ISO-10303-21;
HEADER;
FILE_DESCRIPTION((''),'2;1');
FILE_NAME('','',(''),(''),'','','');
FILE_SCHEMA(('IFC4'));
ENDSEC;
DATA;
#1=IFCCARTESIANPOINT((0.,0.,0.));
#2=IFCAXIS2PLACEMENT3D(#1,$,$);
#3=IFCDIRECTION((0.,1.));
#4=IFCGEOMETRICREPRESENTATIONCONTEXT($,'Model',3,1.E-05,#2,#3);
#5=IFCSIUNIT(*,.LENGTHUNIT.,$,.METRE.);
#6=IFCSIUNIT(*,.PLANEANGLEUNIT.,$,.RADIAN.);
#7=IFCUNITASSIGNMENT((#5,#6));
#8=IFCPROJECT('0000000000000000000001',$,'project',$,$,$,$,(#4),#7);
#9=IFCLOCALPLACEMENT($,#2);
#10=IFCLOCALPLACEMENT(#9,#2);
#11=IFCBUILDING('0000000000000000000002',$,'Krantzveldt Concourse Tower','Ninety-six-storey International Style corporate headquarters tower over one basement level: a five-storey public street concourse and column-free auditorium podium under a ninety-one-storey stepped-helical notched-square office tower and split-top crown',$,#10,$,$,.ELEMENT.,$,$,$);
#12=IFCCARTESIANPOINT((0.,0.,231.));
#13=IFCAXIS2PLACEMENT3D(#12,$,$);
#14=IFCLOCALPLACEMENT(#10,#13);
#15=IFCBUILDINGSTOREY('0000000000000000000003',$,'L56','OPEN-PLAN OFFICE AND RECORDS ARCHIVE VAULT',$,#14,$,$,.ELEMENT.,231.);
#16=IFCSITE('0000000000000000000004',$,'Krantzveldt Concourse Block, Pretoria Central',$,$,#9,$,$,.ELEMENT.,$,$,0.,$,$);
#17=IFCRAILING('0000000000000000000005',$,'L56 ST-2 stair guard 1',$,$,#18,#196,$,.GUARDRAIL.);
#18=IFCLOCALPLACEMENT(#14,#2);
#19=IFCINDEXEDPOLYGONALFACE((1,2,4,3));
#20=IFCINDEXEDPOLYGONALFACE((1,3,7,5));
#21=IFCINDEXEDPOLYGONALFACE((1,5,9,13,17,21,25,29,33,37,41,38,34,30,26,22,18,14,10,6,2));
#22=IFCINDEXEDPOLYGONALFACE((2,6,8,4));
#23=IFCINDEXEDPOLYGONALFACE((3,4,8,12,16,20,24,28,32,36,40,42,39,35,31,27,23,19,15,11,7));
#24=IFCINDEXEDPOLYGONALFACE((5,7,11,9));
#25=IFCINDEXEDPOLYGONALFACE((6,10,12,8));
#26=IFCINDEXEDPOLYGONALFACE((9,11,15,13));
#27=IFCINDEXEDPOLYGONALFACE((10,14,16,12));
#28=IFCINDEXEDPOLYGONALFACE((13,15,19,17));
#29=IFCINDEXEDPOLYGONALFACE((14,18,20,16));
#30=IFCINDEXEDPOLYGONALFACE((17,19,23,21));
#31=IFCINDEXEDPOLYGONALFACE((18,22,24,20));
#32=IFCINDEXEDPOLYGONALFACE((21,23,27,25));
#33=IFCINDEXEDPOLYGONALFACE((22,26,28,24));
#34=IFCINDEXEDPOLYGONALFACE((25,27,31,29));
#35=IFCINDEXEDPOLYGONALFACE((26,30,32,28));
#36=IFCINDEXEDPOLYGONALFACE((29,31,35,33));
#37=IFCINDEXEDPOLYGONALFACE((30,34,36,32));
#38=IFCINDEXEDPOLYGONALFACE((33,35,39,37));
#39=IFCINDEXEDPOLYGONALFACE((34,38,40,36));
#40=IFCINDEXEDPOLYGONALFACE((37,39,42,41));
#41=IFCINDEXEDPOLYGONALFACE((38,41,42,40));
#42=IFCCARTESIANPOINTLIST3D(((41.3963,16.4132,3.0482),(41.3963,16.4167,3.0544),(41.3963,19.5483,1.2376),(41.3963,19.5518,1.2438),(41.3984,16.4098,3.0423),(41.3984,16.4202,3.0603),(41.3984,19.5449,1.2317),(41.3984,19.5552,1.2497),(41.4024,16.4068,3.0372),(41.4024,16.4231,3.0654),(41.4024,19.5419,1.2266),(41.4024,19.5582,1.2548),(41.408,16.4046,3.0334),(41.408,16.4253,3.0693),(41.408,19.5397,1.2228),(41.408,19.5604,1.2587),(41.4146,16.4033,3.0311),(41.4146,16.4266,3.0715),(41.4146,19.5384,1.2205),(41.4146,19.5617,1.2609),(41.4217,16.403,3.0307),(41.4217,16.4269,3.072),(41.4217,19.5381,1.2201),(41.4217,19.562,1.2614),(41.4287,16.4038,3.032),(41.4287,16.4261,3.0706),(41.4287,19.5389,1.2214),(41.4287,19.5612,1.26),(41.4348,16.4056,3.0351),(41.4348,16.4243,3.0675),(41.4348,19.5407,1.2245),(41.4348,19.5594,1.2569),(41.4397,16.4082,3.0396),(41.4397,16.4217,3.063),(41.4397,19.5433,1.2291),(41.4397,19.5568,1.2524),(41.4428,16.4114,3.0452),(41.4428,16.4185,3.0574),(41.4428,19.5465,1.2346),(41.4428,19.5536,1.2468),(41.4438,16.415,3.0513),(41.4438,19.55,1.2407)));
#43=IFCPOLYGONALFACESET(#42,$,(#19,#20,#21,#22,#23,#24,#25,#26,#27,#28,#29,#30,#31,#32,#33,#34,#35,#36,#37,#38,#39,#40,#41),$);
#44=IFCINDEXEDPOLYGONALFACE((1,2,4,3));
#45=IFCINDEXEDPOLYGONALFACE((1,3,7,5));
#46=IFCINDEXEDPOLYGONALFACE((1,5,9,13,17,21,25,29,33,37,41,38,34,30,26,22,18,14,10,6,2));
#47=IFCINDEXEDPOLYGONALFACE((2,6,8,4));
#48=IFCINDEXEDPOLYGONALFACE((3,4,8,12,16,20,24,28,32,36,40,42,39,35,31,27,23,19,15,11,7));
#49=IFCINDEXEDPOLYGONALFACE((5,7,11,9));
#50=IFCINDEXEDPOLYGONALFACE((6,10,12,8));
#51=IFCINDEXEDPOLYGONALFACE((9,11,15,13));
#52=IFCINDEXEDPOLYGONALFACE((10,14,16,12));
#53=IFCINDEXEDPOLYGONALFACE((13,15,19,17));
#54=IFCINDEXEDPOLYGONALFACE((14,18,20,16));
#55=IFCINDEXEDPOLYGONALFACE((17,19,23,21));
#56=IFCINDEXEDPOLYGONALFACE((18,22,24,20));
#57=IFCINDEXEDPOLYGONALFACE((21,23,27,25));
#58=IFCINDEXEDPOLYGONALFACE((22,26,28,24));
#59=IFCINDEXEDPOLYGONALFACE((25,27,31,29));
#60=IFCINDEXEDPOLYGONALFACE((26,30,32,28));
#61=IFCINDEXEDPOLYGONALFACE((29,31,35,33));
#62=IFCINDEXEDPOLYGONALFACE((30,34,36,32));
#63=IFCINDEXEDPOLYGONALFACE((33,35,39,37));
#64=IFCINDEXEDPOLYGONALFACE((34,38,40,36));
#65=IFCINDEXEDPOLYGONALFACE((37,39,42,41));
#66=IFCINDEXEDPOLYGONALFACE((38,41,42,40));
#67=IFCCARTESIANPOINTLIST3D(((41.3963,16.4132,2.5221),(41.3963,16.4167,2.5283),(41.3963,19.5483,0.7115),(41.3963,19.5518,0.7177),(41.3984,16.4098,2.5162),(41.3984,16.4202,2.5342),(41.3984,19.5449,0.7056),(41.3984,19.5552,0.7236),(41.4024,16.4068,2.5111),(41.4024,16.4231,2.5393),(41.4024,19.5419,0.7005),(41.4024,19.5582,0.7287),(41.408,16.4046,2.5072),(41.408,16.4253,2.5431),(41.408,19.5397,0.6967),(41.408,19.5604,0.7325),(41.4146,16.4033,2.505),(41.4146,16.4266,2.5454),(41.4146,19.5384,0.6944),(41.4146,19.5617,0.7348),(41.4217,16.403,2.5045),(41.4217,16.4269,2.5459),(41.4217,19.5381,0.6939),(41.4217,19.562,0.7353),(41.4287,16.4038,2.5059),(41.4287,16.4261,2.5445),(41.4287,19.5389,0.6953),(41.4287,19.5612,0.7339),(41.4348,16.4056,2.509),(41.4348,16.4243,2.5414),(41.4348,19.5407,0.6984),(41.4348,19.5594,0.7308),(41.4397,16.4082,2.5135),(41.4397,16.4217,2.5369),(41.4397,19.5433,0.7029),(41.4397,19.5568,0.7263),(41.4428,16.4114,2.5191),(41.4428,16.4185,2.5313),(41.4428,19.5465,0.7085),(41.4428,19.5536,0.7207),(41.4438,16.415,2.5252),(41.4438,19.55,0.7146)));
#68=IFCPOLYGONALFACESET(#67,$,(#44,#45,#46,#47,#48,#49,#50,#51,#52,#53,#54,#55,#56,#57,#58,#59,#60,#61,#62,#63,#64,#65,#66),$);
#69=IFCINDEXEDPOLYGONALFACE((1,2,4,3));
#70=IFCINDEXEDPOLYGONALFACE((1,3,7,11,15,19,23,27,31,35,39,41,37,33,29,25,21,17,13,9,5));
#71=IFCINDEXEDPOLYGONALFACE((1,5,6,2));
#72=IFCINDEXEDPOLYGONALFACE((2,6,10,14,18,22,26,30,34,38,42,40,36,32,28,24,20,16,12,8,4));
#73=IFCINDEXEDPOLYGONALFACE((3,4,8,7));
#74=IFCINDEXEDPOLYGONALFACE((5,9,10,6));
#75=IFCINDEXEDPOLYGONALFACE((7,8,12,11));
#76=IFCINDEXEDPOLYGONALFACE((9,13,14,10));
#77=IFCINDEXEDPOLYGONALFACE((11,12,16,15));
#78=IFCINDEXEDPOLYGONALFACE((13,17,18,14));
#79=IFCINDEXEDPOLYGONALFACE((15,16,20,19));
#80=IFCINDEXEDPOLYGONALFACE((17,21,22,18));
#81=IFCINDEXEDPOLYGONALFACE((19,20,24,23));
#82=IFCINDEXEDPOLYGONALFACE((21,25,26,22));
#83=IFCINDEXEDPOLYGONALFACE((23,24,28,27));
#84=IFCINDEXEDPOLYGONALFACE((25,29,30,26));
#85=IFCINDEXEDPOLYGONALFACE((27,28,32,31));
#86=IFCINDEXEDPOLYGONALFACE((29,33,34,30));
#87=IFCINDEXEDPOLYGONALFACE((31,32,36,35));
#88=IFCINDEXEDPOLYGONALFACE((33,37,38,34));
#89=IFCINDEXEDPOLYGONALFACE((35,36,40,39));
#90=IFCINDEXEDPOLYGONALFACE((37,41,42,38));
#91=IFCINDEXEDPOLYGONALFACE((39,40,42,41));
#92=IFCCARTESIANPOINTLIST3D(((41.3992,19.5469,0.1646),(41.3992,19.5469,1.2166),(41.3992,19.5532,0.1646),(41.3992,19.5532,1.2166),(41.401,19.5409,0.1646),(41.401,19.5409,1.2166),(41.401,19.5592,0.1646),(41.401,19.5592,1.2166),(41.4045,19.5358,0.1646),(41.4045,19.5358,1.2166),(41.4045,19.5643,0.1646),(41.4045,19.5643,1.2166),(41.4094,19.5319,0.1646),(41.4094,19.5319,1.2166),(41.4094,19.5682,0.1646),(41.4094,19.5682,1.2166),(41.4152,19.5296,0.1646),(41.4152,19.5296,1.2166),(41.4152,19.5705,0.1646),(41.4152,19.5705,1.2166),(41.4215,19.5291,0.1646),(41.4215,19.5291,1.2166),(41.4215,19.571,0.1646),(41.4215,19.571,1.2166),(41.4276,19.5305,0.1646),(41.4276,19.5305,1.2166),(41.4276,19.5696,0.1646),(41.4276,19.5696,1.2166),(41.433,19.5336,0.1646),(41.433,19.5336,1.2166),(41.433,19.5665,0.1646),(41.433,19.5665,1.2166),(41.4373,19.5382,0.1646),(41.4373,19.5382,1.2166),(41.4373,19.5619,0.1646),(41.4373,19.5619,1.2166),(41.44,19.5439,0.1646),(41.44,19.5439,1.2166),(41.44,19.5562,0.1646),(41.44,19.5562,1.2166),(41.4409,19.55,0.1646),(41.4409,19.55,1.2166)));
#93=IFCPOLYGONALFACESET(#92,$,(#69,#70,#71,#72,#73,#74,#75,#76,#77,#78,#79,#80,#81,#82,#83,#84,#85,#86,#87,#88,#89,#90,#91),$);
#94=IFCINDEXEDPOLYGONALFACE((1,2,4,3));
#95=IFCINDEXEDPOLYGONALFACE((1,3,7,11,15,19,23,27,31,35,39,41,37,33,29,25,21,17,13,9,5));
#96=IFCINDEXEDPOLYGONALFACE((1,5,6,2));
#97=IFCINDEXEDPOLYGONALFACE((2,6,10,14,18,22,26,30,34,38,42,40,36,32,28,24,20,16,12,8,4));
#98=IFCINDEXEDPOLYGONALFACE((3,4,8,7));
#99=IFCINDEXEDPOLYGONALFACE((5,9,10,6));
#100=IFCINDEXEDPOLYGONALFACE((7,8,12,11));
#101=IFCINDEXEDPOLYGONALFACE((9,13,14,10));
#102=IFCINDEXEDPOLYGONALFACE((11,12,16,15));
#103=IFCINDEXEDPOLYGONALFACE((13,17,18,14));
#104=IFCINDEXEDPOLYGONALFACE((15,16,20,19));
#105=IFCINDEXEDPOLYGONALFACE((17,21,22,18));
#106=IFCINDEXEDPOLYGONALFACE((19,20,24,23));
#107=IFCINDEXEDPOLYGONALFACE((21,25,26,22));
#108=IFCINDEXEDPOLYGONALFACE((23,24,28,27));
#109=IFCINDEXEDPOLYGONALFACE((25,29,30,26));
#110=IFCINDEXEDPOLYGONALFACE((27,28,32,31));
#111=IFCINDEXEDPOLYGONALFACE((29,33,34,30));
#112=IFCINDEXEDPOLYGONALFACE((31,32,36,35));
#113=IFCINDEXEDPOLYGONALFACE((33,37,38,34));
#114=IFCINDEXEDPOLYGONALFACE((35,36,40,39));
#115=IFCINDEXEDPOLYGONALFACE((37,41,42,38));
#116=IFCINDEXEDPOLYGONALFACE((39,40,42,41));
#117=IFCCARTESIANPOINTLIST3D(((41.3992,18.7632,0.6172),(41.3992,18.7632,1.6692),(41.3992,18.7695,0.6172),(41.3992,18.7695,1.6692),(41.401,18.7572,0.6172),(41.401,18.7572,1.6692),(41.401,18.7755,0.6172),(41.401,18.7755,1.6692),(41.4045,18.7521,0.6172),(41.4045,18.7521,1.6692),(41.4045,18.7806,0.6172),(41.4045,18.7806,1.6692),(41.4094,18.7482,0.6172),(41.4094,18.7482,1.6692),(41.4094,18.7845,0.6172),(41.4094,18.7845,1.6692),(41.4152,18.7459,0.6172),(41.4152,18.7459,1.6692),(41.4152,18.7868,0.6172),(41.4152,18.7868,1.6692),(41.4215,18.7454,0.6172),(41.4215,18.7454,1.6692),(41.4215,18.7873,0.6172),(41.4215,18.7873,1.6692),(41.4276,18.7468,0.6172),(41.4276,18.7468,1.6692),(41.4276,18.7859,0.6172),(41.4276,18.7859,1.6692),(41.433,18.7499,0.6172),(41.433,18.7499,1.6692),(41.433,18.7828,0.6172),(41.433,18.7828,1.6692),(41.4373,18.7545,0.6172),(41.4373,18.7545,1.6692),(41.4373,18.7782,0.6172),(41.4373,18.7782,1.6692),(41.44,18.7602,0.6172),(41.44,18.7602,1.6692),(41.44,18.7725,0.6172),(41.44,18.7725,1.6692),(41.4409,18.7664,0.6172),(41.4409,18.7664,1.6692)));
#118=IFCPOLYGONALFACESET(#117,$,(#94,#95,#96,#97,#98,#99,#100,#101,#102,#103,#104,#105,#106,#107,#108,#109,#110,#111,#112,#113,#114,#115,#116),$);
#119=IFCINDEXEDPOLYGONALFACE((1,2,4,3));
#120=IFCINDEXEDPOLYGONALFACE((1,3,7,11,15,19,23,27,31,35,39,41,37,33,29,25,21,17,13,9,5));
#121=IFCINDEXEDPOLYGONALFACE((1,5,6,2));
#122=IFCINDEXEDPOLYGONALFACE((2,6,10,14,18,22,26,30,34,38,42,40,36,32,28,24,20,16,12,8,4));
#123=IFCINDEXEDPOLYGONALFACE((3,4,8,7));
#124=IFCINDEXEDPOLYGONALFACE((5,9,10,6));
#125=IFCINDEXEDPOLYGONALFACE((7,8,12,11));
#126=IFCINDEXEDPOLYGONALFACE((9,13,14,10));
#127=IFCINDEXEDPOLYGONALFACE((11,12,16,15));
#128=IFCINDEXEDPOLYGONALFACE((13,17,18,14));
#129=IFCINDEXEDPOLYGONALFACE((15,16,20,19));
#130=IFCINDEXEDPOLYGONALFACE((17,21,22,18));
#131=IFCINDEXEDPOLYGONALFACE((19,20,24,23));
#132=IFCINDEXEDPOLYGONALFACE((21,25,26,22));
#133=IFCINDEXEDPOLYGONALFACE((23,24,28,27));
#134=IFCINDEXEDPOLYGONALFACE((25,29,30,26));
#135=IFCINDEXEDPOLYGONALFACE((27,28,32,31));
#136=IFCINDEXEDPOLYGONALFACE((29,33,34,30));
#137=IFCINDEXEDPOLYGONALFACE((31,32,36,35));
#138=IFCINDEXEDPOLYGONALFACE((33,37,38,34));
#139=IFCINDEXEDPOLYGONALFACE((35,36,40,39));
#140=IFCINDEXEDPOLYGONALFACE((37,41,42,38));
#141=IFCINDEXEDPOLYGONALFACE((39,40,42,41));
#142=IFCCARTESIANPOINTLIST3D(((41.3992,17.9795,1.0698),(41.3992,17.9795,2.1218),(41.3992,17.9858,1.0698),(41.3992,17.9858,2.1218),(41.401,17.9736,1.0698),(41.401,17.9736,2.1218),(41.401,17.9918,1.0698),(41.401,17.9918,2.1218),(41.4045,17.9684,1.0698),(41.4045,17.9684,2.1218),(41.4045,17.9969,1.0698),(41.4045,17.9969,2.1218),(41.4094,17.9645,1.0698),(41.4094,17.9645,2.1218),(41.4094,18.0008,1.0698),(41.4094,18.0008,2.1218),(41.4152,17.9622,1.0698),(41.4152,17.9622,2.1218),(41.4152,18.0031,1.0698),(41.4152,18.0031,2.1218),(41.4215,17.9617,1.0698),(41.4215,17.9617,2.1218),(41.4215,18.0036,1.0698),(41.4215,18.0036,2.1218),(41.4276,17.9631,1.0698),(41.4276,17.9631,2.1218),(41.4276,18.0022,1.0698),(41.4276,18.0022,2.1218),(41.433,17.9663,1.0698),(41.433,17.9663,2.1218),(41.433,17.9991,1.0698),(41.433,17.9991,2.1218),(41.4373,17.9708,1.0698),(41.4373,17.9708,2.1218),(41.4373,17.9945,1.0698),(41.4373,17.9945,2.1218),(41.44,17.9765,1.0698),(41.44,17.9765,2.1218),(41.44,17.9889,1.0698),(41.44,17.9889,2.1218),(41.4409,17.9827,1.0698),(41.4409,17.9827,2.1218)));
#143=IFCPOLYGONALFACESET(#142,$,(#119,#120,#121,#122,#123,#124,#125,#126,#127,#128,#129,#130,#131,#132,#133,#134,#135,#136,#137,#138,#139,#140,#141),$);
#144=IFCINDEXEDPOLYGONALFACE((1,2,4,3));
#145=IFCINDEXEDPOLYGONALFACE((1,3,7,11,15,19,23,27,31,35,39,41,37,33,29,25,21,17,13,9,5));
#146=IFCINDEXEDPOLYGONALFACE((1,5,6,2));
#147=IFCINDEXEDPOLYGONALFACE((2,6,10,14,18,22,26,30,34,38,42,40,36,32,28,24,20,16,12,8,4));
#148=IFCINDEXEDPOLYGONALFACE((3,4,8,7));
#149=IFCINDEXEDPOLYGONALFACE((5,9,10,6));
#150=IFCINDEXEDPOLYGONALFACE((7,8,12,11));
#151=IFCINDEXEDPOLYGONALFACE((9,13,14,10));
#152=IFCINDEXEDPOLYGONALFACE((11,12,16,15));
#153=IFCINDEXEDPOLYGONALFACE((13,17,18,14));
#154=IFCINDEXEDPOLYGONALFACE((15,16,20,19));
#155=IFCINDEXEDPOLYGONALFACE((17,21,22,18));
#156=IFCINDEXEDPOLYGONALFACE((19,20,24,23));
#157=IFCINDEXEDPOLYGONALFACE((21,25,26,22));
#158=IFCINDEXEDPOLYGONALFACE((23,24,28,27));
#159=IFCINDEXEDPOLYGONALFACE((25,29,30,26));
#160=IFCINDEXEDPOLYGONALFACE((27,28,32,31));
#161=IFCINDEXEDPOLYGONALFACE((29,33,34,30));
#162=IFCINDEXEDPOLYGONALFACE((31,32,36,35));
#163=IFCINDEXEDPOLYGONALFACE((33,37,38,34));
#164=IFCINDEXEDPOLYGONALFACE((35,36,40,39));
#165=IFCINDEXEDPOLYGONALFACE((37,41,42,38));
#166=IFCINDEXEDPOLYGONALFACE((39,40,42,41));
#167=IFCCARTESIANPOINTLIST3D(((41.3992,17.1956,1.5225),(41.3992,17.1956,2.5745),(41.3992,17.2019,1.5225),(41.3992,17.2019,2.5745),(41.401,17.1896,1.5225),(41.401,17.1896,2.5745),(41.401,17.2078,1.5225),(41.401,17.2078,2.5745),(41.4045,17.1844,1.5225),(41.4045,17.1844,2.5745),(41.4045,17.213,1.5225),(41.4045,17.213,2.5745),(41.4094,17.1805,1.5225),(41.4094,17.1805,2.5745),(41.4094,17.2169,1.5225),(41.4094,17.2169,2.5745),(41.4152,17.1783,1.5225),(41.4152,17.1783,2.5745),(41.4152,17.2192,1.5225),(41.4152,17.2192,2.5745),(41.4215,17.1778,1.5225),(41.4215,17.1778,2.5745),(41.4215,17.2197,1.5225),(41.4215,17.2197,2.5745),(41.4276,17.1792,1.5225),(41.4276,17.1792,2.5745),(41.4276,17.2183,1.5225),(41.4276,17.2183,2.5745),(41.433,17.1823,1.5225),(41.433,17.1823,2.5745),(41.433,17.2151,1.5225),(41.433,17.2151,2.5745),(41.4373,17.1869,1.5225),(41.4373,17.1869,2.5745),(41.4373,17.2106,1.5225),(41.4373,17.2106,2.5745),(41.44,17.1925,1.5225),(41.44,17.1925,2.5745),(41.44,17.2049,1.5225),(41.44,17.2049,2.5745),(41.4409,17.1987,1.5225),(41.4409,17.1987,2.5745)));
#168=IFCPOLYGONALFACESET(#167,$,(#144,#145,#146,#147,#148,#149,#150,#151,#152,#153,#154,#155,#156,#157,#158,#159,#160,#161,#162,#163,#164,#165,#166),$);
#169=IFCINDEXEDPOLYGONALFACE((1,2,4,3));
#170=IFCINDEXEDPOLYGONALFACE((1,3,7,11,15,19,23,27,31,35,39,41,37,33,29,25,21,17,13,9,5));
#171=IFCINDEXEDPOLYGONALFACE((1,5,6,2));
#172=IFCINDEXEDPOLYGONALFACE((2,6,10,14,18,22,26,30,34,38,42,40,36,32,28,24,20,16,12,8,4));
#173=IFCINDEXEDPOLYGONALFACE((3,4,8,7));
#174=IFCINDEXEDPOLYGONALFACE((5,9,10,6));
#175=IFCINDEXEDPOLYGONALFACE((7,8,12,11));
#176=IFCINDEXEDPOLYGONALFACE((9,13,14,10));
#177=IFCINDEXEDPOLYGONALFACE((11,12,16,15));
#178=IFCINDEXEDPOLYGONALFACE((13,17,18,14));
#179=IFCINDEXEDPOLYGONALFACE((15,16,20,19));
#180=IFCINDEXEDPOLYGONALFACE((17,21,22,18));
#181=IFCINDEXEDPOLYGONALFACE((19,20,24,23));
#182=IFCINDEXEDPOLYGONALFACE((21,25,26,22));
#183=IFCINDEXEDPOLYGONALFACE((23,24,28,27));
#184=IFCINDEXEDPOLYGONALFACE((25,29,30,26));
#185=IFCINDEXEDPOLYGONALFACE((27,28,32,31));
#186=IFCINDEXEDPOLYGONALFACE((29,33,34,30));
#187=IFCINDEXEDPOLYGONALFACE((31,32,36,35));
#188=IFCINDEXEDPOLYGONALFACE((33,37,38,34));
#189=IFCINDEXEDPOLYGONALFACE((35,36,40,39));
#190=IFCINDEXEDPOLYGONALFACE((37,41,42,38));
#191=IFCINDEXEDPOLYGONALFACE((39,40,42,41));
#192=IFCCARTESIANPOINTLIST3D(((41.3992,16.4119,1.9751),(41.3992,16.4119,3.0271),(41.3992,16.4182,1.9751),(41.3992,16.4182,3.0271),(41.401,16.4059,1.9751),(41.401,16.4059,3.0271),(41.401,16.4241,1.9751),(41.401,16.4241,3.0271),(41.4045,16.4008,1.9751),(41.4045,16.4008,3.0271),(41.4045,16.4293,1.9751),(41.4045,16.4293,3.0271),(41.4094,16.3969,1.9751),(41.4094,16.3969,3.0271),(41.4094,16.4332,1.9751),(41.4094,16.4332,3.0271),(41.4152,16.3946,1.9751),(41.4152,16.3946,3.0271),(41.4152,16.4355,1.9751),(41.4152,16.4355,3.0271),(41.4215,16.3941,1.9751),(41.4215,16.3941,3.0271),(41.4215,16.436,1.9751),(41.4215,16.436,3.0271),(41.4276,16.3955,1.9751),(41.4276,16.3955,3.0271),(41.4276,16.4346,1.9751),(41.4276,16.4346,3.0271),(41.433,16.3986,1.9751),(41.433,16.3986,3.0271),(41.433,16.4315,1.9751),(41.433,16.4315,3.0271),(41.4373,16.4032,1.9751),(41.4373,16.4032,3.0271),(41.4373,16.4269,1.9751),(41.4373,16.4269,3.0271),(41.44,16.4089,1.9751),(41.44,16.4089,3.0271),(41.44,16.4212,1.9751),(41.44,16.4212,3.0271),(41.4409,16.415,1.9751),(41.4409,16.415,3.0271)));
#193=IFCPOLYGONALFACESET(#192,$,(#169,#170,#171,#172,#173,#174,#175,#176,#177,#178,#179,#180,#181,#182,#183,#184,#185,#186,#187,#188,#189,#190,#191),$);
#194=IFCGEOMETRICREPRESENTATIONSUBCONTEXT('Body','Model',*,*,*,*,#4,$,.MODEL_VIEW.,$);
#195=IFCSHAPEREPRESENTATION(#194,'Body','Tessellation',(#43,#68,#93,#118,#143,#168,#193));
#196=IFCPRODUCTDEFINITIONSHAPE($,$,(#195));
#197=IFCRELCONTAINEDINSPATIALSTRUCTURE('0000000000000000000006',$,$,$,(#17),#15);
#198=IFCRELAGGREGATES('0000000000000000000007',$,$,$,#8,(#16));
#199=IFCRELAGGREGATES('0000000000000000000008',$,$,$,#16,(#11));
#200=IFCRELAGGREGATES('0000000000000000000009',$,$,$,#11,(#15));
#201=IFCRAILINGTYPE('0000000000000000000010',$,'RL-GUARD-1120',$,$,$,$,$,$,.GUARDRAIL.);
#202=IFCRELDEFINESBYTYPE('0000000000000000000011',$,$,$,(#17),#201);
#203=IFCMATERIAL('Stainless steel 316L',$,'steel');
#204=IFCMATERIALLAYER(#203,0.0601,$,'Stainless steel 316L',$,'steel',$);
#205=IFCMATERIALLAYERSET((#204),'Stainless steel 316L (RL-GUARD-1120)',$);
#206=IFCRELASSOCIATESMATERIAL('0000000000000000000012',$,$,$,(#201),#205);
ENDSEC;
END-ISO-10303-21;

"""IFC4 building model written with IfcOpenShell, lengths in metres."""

from ifc_helpers import new_model, si_unit, direction, frame, origin, origin_2d, place, context, subcontext, project, spatial, circle, extrude, material, layer, layer_set, type_object, element, save


model = new_model("IFC4")

# Units and contexts
model_context = context("Model", 3, precision=1e-05, world=origin(), true_north=direction((0.0, 1.0)))
body_context = subcontext(model_context, "Body", "Model", "MODEL_VIEW")
ifc_project = project(units=[si_unit("LENGTHUNIT", "METRE"), si_unit("PLANEANGLEUNIT", "RADIAN")], contexts=[model_context])

# Site, building, storey
site_placement = place(None, origin())
site = spatial("IfcSite", under=ifc_project, at=site_placement, Name="Krantzveldt Concourse Block, Pretoria Central", CompositionType="ELEMENT", RefElevation=0.0)
building_placement = place(site_placement, origin())
building = spatial("IfcBuilding", under=site, at=building_placement, Name="Krantzveldt Concourse Tower", Description="Ninety-six-storey International Style corporate headquarters tower over one basement level: a five-storey public street concourse and column-free auditorium podium under a ninety-one-storey stepped-helical notched-square office tower and split-top crown", CompositionType="ELEMENT")
storey_placement = place(building_placement, frame((0.0, 0.0, 231.0)))
storey = spatial("IfcBuildingStorey", under=building, at=storey_placement, Name="L56", Description="OPEN-PLAN OFFICE AND RECORDS ARCHIVE VAULT", CompositionType="ELEMENT", Elevation=231.0)

# Shared definitions
ifc_material_1 = material(Name="Stainless steel 316L", Category="steel")

# Railing
ifc_layer_1 = layer(ifc_material_1, 0.0601, Name="Stainless steel 316L", Category="steel")
ifc_layer_set_1 = layer_set([ifc_layer_1], Name="Stainless steel 316L (RL-GUARD-1120)")
railing_type_1 = type_object("IfcRailingType", Name="RL-GUARD-1120", PredefinedType="GUARDRAIL", material=ifc_layer_set_1)
railing_1_placement = place(storey_placement, frame((41.4199, 19.55, 0.1646)))
element("IfcRailing", 1, at=railing_1_placement, inside=storey, type_object=railing_type_1, Name="L56 ST-2 stair guard 1", PredefinedType="GUARDRAIL", context=body_context, shape_type="SweptSolid", body=[
    extrude(circle(Radius=0.0239, at=origin_2d()), frame((0.0, 0.0, 1.0762), z_axis=(0.0, -0.86596, 0.500114), x_axis=(1.0, 0.0, 0.0)), (0.0, 0.0, 1.0), 3.6204),
    extrude(circle(Radius=0.0239, at=origin_2d()), frame((0.0, 0.0, 0.55), z_axis=(0.0, -0.86596, 0.500114), x_axis=(1.0, 0.0, 0.0)), (0.0, 0.0, 1.0), 3.6204),
    extrude(circle(Radius=0.021, at=origin_2d()), origin(), (0.0, 0.0, 1.0), 1.052),
    extrude(circle(Radius=0.021, at=origin_2d()), frame((0.0, -0.7837, 0.4526)), (0.0, 0.0, 1.0), 1.052),
    extrude(circle(Radius=0.021, at=origin_2d()), frame((0.0, -1.5674, 0.9053)), (0.0, 0.0, 1.0), 1.052),
    extrude(circle(Radius=0.021, at=origin_2d()), frame((0.0, -2.3513, 1.3579)), (0.0, 0.0, 1.0), 1.052),
    extrude(circle(Radius=0.021, at=origin_2d()), frame((0.0, -3.135, 1.8105)), (0.0, 0.0, 1.0), 1.052),
])

save(model, "model.ifc")
